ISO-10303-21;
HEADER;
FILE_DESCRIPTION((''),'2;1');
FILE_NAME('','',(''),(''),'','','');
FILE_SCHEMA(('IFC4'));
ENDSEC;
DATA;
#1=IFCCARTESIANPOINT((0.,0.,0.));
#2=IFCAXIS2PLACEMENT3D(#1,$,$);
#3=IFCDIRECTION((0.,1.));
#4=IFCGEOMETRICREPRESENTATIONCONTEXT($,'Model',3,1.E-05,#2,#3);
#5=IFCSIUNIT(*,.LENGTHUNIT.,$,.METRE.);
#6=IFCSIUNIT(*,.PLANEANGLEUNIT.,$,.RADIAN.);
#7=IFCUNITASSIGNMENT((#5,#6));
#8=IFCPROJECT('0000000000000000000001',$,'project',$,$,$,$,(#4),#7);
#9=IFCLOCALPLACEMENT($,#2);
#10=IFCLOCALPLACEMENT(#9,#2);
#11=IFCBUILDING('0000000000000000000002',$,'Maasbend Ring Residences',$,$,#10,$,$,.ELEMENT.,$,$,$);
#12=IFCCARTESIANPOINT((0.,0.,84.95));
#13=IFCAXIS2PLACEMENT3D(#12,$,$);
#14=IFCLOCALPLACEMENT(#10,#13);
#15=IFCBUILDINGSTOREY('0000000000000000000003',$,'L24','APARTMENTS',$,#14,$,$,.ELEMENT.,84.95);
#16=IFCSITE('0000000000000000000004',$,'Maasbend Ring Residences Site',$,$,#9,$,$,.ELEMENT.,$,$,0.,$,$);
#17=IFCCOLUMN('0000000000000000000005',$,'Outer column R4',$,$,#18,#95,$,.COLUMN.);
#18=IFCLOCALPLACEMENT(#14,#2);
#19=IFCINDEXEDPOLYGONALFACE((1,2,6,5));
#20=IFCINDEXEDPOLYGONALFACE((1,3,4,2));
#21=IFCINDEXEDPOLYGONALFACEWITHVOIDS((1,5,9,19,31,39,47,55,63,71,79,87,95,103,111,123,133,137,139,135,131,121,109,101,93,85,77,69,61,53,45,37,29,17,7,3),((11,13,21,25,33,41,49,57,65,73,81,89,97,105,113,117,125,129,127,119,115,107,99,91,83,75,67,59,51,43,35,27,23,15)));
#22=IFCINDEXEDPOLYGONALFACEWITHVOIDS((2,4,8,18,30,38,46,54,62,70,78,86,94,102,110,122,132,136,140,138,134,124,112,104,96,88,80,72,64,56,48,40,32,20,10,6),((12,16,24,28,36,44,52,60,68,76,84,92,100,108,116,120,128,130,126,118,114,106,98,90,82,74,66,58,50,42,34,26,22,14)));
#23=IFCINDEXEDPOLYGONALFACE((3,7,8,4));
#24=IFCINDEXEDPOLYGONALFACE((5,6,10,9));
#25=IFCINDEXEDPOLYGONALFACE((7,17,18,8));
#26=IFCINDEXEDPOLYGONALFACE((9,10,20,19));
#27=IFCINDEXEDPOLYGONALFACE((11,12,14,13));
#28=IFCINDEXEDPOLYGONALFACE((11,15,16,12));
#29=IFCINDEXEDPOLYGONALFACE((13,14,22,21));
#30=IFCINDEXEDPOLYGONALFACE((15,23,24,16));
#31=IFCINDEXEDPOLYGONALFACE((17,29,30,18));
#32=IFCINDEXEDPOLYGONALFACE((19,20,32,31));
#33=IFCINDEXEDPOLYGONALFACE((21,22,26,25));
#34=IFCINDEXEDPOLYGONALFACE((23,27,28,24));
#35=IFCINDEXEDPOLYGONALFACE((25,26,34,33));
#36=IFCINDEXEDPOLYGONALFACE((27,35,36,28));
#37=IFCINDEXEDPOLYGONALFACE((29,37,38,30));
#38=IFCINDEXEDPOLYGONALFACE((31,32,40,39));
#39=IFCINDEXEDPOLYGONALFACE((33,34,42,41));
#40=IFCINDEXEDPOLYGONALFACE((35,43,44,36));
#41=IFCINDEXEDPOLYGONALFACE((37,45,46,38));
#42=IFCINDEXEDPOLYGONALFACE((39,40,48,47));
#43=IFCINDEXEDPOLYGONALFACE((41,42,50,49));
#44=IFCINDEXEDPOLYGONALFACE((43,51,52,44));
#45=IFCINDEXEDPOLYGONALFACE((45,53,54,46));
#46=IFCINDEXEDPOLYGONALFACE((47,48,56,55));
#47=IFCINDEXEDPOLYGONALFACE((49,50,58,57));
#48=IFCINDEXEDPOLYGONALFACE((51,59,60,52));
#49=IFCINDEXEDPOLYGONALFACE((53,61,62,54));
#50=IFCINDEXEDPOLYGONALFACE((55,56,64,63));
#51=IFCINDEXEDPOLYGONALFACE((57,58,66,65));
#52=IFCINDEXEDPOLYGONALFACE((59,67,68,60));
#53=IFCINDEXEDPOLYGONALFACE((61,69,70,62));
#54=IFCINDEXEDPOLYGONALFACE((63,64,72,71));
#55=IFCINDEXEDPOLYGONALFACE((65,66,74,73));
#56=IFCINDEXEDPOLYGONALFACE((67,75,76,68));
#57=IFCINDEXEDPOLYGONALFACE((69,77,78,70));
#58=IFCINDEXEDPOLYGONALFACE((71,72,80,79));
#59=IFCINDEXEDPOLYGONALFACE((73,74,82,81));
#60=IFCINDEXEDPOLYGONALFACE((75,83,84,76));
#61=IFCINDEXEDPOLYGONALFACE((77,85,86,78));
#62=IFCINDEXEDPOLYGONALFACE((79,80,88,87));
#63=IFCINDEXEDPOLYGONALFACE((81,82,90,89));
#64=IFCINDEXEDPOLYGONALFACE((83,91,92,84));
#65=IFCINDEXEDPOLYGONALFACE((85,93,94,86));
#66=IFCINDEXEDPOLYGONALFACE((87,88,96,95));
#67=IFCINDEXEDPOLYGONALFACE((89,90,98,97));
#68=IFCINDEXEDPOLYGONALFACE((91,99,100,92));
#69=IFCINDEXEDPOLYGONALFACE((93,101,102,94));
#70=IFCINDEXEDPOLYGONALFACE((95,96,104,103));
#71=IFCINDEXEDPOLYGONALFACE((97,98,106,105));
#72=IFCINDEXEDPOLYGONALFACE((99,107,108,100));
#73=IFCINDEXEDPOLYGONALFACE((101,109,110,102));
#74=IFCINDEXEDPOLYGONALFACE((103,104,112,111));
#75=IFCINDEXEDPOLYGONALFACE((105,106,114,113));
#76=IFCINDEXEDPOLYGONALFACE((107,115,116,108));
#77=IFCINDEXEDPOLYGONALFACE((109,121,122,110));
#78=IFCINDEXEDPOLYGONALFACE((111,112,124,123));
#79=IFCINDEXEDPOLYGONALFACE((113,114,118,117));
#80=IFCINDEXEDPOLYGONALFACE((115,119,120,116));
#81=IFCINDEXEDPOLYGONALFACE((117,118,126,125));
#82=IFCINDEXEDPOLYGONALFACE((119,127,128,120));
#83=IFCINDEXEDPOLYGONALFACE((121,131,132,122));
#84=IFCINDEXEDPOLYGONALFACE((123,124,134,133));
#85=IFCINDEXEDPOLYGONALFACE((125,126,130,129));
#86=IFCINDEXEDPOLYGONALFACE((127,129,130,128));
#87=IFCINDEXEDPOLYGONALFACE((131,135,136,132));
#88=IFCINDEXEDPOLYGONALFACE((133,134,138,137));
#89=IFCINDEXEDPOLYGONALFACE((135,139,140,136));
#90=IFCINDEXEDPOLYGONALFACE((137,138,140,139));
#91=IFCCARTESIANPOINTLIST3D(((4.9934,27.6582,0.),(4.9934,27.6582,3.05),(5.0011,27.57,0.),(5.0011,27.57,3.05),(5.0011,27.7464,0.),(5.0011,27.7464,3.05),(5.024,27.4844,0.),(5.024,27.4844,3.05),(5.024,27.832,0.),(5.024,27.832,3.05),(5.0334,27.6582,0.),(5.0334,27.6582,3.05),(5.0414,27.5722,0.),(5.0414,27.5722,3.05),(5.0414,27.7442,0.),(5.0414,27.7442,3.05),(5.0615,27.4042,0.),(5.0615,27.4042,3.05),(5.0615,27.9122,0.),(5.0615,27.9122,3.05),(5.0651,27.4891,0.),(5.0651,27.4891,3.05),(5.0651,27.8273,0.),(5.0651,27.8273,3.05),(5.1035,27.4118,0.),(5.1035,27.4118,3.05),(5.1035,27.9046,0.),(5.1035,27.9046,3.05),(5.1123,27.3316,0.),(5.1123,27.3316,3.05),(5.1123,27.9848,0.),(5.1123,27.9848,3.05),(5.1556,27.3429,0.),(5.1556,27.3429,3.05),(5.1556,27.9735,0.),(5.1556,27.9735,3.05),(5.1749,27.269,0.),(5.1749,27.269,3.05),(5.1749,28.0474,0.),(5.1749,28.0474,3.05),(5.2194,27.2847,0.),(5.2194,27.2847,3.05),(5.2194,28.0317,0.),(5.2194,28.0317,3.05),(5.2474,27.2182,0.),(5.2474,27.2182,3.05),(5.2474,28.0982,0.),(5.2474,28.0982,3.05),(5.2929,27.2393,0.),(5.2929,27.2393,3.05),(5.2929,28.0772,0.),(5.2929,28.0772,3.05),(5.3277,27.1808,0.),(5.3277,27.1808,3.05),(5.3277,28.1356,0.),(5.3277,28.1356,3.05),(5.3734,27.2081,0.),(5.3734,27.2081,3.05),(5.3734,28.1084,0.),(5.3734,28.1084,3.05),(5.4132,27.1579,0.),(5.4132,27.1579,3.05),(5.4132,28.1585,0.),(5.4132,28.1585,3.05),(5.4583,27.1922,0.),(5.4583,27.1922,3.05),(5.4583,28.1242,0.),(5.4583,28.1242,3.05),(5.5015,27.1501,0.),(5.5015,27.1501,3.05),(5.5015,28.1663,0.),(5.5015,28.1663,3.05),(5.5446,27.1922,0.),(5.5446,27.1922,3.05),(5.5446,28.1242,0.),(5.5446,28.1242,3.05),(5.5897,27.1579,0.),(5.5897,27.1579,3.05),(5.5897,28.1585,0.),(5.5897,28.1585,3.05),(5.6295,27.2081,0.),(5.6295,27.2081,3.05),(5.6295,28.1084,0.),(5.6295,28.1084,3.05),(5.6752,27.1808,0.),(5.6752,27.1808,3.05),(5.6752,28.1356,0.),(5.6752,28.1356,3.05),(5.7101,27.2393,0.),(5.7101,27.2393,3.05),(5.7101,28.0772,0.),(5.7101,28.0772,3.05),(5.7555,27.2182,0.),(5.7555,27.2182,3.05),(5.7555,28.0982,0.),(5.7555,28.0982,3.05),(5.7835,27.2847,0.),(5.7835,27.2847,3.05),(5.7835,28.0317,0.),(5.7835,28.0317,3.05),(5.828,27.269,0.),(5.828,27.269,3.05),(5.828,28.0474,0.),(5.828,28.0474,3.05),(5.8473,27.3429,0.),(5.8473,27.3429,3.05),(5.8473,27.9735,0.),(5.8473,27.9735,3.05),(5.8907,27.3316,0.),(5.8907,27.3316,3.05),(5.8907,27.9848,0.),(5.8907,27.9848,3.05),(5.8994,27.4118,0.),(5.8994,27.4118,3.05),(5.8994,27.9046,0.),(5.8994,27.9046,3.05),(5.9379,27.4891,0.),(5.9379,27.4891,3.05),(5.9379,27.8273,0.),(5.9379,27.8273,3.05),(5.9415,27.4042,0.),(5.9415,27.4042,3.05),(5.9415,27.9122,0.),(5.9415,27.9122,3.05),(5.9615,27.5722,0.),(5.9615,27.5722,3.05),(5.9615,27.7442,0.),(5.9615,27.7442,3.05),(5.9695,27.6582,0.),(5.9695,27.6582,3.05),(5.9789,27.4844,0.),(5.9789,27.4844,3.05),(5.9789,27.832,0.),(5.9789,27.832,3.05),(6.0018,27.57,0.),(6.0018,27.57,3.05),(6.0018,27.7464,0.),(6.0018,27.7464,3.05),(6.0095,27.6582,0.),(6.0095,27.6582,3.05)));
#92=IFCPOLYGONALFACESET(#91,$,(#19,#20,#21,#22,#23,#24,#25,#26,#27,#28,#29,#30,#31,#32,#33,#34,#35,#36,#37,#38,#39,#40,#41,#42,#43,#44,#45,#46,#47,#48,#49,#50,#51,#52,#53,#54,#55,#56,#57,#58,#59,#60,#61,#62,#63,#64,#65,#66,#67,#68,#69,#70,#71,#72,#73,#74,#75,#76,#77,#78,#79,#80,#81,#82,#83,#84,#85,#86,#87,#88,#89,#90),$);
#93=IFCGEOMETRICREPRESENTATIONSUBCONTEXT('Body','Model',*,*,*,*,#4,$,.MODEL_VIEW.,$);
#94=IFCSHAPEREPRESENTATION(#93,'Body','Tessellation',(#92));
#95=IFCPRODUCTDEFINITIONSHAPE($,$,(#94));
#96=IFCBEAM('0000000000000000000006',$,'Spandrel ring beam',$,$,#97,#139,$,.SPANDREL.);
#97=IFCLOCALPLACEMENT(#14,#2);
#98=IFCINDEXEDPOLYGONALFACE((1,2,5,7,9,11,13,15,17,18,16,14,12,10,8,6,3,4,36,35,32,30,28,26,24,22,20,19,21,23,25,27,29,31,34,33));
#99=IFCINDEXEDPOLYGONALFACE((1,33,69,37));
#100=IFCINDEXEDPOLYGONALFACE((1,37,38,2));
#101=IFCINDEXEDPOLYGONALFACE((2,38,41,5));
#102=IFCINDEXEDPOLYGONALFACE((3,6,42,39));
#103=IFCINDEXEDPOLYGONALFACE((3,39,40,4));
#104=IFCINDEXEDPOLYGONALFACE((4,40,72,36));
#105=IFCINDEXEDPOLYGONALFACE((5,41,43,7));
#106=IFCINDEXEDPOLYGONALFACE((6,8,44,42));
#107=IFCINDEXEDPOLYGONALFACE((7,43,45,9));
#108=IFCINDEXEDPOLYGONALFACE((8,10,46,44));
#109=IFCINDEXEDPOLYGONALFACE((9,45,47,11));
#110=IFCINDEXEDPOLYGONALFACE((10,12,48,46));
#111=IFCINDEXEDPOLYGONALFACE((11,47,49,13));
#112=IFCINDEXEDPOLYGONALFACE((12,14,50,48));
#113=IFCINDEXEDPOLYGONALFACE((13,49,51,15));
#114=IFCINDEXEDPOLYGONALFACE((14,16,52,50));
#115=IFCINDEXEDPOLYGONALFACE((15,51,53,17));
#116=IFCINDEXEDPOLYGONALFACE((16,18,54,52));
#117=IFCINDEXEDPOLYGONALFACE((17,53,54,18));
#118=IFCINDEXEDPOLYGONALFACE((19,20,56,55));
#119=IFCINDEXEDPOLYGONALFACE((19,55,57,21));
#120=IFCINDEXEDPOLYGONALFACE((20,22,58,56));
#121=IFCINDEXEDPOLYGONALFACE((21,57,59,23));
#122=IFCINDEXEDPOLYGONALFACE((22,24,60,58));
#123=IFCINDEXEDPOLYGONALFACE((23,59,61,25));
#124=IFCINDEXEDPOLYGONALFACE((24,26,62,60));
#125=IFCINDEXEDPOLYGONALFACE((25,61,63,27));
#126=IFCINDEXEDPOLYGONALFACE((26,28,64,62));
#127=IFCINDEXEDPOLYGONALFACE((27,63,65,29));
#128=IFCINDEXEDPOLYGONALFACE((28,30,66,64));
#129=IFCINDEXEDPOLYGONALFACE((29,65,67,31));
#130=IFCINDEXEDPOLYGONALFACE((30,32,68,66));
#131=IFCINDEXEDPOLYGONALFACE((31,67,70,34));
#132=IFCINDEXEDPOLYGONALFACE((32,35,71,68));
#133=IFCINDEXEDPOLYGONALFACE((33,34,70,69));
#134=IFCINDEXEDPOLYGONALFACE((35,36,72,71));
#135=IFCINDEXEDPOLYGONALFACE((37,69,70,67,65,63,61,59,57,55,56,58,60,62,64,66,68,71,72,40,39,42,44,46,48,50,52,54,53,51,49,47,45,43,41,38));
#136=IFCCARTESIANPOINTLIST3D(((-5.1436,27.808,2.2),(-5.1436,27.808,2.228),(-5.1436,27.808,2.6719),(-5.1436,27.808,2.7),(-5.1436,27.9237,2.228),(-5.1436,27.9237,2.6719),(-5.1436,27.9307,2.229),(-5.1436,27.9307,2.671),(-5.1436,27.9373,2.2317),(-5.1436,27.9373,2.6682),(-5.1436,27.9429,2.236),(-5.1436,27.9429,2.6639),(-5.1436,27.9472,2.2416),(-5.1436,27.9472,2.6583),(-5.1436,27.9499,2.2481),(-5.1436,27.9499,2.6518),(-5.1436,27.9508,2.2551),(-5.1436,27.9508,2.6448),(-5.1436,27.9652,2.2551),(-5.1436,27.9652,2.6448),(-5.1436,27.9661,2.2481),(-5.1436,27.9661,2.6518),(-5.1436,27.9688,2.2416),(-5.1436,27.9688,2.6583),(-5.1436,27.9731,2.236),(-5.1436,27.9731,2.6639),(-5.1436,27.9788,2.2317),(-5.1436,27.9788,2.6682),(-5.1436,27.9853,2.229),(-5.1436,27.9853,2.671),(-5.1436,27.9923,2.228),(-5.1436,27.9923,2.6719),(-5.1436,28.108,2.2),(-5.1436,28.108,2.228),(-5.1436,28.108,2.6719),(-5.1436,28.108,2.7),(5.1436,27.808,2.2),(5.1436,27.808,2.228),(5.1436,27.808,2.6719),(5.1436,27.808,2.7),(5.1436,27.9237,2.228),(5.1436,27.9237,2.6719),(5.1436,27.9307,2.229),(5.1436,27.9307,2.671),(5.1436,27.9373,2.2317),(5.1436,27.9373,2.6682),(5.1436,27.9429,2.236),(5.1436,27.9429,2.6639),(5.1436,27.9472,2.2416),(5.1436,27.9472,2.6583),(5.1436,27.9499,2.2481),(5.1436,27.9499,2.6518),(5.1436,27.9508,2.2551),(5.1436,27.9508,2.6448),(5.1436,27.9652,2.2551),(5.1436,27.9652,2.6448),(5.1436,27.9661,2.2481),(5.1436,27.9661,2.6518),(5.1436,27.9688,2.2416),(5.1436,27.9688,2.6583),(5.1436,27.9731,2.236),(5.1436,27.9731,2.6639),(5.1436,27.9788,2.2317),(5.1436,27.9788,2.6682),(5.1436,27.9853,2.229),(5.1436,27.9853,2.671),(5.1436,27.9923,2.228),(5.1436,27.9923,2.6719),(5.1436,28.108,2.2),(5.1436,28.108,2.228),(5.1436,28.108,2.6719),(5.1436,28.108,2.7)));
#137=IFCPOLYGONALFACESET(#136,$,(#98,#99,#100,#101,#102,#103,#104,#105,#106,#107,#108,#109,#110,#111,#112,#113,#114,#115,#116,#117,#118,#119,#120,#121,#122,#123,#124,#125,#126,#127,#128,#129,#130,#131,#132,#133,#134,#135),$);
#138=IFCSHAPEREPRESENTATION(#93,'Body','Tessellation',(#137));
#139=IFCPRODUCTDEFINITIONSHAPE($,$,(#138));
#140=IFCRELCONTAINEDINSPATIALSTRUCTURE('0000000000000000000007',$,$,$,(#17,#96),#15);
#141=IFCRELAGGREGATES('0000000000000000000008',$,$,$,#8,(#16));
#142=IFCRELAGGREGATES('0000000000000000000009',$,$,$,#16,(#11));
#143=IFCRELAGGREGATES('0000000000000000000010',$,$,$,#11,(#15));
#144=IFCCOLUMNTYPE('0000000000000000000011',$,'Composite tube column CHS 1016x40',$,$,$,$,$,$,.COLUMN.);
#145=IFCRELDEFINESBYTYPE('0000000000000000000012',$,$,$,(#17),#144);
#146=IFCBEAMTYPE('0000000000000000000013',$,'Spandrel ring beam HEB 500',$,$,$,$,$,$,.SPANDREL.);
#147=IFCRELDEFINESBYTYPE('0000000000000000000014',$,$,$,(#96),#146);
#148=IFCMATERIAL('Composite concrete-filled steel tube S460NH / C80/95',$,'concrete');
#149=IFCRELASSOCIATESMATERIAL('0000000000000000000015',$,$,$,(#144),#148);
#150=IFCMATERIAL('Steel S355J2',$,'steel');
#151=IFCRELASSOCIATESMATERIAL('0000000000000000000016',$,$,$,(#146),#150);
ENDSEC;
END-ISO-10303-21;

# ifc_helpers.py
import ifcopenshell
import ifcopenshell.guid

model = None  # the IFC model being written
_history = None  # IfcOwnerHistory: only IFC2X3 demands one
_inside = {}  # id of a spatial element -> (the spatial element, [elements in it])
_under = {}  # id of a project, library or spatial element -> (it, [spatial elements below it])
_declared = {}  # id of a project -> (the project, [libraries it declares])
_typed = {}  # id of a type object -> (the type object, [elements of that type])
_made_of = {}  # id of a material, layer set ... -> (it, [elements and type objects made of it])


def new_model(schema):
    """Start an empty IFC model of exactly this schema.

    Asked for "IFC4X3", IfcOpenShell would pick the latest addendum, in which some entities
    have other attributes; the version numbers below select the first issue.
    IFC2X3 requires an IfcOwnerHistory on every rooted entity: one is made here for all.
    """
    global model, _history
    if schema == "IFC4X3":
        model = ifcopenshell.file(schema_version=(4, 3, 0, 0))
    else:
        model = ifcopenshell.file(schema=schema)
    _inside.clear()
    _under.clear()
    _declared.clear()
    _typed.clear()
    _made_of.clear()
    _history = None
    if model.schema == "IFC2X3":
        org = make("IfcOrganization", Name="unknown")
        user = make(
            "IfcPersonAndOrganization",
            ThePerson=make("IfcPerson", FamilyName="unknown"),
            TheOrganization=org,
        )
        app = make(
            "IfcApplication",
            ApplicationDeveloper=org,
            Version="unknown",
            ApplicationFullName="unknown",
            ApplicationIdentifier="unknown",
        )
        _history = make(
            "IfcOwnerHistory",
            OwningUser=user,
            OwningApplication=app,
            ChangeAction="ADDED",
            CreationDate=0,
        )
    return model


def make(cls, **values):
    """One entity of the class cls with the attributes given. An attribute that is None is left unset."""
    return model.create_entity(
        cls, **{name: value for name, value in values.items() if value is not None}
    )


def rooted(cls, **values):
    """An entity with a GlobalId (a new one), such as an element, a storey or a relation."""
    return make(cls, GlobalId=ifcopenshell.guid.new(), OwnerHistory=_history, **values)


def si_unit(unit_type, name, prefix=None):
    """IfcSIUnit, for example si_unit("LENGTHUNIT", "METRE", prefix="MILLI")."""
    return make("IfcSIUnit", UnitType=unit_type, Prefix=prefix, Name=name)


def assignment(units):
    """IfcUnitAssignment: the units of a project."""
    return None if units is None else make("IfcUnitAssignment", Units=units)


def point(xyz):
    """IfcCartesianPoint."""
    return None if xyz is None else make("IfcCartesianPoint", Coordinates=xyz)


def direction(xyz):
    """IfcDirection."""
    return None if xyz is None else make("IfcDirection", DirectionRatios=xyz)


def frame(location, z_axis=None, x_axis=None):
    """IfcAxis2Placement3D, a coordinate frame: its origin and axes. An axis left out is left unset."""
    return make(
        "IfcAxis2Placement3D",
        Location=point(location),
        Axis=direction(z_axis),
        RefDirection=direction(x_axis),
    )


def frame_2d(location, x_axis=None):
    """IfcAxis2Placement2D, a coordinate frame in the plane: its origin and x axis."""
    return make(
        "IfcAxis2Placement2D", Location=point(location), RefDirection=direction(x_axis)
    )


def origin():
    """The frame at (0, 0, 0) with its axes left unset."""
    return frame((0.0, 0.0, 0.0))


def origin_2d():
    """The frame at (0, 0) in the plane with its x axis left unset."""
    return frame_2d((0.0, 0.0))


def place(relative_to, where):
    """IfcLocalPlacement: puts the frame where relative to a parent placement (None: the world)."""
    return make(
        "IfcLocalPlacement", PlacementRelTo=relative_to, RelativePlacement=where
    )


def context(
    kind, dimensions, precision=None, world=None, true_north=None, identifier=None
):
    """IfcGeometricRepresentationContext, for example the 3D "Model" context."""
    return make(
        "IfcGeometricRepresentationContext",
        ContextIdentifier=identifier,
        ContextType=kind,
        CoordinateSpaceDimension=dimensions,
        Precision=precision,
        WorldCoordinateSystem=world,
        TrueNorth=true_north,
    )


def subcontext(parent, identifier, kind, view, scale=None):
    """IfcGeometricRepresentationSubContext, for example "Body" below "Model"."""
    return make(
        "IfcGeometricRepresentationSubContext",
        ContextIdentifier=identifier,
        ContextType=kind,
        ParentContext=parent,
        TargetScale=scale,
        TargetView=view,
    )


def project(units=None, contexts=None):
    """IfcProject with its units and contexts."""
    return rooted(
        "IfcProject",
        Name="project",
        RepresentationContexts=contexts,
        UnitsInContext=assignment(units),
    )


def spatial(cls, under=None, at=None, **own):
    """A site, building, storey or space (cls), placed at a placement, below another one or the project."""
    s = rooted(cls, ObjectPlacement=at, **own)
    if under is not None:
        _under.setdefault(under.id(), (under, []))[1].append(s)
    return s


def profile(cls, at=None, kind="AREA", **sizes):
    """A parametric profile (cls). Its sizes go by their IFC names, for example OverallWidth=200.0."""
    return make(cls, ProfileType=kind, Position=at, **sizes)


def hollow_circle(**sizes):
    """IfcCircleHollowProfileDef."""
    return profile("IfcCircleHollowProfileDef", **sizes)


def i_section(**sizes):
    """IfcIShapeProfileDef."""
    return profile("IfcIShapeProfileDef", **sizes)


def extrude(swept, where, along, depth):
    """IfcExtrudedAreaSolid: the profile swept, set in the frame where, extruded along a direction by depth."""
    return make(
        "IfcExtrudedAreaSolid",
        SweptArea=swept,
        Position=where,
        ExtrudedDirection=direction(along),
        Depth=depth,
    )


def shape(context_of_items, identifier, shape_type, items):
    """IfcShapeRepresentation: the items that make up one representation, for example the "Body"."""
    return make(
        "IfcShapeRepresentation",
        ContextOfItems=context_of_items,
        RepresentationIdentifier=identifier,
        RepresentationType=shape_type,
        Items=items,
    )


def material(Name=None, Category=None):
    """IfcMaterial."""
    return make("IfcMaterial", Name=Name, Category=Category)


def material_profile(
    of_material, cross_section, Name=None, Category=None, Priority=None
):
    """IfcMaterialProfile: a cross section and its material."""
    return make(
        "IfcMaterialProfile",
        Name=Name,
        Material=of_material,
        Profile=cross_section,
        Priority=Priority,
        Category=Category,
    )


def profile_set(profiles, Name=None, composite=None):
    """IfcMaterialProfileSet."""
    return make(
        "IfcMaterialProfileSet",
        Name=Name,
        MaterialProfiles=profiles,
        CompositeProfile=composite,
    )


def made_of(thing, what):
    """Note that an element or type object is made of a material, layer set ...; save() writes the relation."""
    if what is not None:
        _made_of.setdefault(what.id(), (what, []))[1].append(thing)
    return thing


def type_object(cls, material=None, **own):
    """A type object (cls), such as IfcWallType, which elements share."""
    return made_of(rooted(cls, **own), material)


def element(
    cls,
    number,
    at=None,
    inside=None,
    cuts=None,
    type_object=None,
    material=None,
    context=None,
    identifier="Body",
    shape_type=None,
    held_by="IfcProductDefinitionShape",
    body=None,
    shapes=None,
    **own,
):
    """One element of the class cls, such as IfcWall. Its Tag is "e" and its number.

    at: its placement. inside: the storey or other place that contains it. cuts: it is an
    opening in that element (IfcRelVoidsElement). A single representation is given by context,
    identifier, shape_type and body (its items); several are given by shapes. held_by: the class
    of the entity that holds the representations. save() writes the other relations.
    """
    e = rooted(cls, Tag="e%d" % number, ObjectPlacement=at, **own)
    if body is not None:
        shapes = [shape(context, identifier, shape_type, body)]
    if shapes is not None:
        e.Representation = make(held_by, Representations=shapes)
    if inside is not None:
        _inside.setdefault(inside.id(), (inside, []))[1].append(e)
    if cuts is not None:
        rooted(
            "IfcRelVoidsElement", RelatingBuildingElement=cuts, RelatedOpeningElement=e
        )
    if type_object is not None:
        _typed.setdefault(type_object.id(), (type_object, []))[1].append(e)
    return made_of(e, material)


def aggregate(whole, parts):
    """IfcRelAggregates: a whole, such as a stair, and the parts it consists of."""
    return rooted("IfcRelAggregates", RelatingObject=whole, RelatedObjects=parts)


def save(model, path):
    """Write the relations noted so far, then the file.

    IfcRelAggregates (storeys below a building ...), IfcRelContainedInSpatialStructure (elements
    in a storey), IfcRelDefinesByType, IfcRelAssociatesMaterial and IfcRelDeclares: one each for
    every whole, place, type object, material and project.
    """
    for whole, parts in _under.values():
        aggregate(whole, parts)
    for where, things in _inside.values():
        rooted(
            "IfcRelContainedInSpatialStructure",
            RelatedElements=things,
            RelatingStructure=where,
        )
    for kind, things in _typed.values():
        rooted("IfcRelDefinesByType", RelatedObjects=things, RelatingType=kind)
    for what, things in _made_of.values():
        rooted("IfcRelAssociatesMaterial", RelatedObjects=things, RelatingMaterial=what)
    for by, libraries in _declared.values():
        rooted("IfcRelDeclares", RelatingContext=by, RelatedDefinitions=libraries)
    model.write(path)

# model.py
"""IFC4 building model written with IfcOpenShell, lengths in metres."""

from ifc_helpers import new_model, si_unit, direction, frame, origin, origin_2d, place, context, subcontext, project, spatial, hollow_circle, i_section, extrude, material, material_profile, profile_set, type_object, element, save


model = new_model("IFC4")

# Units and contexts
model_context = context("Model", 3, precision=1e-05, world=origin(), true_north=direction((0.0, 1.0)))
body_context = subcontext(model_context, "Body", "Model", "MODEL_VIEW")
ifc_project = project(units=[si_unit("LENGTHUNIT", "METRE"), si_unit("PLANEANGLEUNIT", "RADIAN")], contexts=[model_context])

# Site, building, storey
site_placement = place(None, origin())
site = spatial("IfcSite", under=ifc_project, at=site_placement, Name="Maasbend Ring Residences Site", CompositionType="ELEMENT", RefElevation=0.0)
building_placement = place(site_placement, origin())
building = spatial("IfcBuilding", under=site, at=building_placement, Name="Maasbend Ring Residences", CompositionType="ELEMENT")
storey_placement = place(building_placement, frame((0.0, 0.0, 84.95)))
storey = spatial("IfcBuildingStorey", under=building, at=storey_placement, Name="L24", Description="APARTMENTS", CompositionType="ELEMENT", Elevation=84.95)

# Column
ifc_material_1 = material(Name="Composite concrete-filled steel tube S460NH / C80/95", Category="concrete")
ifc_material_profile_1 = material_profile(ifc_material_1, hollow_circle(Radius=0.5081, WallThickness=0.04, at=origin_2d()), Name="Composite tube column CHS 1016x40")
ifc_profile_set_1 = profile_set([ifc_material_profile_1], Name="Composite concrete-filled steel tube S460NH / C80/95")
column_type = type_object("IfcColumnType", Name="Composite tube column CHS 1016x40", PredefinedType="COLUMN", material=ifc_profile_set_1)
column_placement = place(storey_placement, frame((5.5015, 27.6582, 0.0), z_axis=(0.0, 0.0, 1.0), x_axis=(1.0, 0.0, 0.0)))
element("IfcColumn", 1, at=column_placement, inside=storey, type_object=column_type, Name="Outer column R4", PredefinedType="COLUMN", context=body_context, shape_type="SweptSolid", body=[
    extrude(hollow_circle(Radius=0.5081, WallThickness=0.04, at=origin_2d()), origin(), (0.0, 0.0, 1.0), 3.05),
])

# Beam
ifc_material_2 = material(Name="Steel S355J2", Category="steel")
ifc_material_profile_2 = material_profile(ifc_material_2, i_section(OverallWidth=0.3, OverallDepth=0.5, WebThickness=0.0144, FlangeThickness=0.0281, FilletRadius=0.0271, at=origin_2d()), Name="HEB 500")
ifc_profile_set_2 = profile_set([ifc_material_profile_2], Name="Steel S355J2")
beam_type = type_object("IfcBeamType", Name="Spandrel ring beam HEB 500", PredefinedType="SPANDREL", material=ifc_profile_set_2)
beam_placement = place(storey_placement, frame((5.1436, 27.958, 2.45), z_axis=(-1.0, 0.0, 0.0), x_axis=(0.0, -1.0, 0.0)))
element("IfcBeam", 2, at=beam_placement, inside=storey, type_object=beam_type, Name="Spandrel ring beam", PredefinedType="SPANDREL", context=body_context, shape_type="SweptSolid", body=[
    extrude(i_section(OverallWidth=0.3, OverallDepth=0.5, WebThickness=0.0144, FlangeThickness=0.0281, FilletRadius=0.0271, at=origin_2d()), origin(), (0.0, 0.0, 1.0), 10.2871),
])

save(model, "model.ifc")
